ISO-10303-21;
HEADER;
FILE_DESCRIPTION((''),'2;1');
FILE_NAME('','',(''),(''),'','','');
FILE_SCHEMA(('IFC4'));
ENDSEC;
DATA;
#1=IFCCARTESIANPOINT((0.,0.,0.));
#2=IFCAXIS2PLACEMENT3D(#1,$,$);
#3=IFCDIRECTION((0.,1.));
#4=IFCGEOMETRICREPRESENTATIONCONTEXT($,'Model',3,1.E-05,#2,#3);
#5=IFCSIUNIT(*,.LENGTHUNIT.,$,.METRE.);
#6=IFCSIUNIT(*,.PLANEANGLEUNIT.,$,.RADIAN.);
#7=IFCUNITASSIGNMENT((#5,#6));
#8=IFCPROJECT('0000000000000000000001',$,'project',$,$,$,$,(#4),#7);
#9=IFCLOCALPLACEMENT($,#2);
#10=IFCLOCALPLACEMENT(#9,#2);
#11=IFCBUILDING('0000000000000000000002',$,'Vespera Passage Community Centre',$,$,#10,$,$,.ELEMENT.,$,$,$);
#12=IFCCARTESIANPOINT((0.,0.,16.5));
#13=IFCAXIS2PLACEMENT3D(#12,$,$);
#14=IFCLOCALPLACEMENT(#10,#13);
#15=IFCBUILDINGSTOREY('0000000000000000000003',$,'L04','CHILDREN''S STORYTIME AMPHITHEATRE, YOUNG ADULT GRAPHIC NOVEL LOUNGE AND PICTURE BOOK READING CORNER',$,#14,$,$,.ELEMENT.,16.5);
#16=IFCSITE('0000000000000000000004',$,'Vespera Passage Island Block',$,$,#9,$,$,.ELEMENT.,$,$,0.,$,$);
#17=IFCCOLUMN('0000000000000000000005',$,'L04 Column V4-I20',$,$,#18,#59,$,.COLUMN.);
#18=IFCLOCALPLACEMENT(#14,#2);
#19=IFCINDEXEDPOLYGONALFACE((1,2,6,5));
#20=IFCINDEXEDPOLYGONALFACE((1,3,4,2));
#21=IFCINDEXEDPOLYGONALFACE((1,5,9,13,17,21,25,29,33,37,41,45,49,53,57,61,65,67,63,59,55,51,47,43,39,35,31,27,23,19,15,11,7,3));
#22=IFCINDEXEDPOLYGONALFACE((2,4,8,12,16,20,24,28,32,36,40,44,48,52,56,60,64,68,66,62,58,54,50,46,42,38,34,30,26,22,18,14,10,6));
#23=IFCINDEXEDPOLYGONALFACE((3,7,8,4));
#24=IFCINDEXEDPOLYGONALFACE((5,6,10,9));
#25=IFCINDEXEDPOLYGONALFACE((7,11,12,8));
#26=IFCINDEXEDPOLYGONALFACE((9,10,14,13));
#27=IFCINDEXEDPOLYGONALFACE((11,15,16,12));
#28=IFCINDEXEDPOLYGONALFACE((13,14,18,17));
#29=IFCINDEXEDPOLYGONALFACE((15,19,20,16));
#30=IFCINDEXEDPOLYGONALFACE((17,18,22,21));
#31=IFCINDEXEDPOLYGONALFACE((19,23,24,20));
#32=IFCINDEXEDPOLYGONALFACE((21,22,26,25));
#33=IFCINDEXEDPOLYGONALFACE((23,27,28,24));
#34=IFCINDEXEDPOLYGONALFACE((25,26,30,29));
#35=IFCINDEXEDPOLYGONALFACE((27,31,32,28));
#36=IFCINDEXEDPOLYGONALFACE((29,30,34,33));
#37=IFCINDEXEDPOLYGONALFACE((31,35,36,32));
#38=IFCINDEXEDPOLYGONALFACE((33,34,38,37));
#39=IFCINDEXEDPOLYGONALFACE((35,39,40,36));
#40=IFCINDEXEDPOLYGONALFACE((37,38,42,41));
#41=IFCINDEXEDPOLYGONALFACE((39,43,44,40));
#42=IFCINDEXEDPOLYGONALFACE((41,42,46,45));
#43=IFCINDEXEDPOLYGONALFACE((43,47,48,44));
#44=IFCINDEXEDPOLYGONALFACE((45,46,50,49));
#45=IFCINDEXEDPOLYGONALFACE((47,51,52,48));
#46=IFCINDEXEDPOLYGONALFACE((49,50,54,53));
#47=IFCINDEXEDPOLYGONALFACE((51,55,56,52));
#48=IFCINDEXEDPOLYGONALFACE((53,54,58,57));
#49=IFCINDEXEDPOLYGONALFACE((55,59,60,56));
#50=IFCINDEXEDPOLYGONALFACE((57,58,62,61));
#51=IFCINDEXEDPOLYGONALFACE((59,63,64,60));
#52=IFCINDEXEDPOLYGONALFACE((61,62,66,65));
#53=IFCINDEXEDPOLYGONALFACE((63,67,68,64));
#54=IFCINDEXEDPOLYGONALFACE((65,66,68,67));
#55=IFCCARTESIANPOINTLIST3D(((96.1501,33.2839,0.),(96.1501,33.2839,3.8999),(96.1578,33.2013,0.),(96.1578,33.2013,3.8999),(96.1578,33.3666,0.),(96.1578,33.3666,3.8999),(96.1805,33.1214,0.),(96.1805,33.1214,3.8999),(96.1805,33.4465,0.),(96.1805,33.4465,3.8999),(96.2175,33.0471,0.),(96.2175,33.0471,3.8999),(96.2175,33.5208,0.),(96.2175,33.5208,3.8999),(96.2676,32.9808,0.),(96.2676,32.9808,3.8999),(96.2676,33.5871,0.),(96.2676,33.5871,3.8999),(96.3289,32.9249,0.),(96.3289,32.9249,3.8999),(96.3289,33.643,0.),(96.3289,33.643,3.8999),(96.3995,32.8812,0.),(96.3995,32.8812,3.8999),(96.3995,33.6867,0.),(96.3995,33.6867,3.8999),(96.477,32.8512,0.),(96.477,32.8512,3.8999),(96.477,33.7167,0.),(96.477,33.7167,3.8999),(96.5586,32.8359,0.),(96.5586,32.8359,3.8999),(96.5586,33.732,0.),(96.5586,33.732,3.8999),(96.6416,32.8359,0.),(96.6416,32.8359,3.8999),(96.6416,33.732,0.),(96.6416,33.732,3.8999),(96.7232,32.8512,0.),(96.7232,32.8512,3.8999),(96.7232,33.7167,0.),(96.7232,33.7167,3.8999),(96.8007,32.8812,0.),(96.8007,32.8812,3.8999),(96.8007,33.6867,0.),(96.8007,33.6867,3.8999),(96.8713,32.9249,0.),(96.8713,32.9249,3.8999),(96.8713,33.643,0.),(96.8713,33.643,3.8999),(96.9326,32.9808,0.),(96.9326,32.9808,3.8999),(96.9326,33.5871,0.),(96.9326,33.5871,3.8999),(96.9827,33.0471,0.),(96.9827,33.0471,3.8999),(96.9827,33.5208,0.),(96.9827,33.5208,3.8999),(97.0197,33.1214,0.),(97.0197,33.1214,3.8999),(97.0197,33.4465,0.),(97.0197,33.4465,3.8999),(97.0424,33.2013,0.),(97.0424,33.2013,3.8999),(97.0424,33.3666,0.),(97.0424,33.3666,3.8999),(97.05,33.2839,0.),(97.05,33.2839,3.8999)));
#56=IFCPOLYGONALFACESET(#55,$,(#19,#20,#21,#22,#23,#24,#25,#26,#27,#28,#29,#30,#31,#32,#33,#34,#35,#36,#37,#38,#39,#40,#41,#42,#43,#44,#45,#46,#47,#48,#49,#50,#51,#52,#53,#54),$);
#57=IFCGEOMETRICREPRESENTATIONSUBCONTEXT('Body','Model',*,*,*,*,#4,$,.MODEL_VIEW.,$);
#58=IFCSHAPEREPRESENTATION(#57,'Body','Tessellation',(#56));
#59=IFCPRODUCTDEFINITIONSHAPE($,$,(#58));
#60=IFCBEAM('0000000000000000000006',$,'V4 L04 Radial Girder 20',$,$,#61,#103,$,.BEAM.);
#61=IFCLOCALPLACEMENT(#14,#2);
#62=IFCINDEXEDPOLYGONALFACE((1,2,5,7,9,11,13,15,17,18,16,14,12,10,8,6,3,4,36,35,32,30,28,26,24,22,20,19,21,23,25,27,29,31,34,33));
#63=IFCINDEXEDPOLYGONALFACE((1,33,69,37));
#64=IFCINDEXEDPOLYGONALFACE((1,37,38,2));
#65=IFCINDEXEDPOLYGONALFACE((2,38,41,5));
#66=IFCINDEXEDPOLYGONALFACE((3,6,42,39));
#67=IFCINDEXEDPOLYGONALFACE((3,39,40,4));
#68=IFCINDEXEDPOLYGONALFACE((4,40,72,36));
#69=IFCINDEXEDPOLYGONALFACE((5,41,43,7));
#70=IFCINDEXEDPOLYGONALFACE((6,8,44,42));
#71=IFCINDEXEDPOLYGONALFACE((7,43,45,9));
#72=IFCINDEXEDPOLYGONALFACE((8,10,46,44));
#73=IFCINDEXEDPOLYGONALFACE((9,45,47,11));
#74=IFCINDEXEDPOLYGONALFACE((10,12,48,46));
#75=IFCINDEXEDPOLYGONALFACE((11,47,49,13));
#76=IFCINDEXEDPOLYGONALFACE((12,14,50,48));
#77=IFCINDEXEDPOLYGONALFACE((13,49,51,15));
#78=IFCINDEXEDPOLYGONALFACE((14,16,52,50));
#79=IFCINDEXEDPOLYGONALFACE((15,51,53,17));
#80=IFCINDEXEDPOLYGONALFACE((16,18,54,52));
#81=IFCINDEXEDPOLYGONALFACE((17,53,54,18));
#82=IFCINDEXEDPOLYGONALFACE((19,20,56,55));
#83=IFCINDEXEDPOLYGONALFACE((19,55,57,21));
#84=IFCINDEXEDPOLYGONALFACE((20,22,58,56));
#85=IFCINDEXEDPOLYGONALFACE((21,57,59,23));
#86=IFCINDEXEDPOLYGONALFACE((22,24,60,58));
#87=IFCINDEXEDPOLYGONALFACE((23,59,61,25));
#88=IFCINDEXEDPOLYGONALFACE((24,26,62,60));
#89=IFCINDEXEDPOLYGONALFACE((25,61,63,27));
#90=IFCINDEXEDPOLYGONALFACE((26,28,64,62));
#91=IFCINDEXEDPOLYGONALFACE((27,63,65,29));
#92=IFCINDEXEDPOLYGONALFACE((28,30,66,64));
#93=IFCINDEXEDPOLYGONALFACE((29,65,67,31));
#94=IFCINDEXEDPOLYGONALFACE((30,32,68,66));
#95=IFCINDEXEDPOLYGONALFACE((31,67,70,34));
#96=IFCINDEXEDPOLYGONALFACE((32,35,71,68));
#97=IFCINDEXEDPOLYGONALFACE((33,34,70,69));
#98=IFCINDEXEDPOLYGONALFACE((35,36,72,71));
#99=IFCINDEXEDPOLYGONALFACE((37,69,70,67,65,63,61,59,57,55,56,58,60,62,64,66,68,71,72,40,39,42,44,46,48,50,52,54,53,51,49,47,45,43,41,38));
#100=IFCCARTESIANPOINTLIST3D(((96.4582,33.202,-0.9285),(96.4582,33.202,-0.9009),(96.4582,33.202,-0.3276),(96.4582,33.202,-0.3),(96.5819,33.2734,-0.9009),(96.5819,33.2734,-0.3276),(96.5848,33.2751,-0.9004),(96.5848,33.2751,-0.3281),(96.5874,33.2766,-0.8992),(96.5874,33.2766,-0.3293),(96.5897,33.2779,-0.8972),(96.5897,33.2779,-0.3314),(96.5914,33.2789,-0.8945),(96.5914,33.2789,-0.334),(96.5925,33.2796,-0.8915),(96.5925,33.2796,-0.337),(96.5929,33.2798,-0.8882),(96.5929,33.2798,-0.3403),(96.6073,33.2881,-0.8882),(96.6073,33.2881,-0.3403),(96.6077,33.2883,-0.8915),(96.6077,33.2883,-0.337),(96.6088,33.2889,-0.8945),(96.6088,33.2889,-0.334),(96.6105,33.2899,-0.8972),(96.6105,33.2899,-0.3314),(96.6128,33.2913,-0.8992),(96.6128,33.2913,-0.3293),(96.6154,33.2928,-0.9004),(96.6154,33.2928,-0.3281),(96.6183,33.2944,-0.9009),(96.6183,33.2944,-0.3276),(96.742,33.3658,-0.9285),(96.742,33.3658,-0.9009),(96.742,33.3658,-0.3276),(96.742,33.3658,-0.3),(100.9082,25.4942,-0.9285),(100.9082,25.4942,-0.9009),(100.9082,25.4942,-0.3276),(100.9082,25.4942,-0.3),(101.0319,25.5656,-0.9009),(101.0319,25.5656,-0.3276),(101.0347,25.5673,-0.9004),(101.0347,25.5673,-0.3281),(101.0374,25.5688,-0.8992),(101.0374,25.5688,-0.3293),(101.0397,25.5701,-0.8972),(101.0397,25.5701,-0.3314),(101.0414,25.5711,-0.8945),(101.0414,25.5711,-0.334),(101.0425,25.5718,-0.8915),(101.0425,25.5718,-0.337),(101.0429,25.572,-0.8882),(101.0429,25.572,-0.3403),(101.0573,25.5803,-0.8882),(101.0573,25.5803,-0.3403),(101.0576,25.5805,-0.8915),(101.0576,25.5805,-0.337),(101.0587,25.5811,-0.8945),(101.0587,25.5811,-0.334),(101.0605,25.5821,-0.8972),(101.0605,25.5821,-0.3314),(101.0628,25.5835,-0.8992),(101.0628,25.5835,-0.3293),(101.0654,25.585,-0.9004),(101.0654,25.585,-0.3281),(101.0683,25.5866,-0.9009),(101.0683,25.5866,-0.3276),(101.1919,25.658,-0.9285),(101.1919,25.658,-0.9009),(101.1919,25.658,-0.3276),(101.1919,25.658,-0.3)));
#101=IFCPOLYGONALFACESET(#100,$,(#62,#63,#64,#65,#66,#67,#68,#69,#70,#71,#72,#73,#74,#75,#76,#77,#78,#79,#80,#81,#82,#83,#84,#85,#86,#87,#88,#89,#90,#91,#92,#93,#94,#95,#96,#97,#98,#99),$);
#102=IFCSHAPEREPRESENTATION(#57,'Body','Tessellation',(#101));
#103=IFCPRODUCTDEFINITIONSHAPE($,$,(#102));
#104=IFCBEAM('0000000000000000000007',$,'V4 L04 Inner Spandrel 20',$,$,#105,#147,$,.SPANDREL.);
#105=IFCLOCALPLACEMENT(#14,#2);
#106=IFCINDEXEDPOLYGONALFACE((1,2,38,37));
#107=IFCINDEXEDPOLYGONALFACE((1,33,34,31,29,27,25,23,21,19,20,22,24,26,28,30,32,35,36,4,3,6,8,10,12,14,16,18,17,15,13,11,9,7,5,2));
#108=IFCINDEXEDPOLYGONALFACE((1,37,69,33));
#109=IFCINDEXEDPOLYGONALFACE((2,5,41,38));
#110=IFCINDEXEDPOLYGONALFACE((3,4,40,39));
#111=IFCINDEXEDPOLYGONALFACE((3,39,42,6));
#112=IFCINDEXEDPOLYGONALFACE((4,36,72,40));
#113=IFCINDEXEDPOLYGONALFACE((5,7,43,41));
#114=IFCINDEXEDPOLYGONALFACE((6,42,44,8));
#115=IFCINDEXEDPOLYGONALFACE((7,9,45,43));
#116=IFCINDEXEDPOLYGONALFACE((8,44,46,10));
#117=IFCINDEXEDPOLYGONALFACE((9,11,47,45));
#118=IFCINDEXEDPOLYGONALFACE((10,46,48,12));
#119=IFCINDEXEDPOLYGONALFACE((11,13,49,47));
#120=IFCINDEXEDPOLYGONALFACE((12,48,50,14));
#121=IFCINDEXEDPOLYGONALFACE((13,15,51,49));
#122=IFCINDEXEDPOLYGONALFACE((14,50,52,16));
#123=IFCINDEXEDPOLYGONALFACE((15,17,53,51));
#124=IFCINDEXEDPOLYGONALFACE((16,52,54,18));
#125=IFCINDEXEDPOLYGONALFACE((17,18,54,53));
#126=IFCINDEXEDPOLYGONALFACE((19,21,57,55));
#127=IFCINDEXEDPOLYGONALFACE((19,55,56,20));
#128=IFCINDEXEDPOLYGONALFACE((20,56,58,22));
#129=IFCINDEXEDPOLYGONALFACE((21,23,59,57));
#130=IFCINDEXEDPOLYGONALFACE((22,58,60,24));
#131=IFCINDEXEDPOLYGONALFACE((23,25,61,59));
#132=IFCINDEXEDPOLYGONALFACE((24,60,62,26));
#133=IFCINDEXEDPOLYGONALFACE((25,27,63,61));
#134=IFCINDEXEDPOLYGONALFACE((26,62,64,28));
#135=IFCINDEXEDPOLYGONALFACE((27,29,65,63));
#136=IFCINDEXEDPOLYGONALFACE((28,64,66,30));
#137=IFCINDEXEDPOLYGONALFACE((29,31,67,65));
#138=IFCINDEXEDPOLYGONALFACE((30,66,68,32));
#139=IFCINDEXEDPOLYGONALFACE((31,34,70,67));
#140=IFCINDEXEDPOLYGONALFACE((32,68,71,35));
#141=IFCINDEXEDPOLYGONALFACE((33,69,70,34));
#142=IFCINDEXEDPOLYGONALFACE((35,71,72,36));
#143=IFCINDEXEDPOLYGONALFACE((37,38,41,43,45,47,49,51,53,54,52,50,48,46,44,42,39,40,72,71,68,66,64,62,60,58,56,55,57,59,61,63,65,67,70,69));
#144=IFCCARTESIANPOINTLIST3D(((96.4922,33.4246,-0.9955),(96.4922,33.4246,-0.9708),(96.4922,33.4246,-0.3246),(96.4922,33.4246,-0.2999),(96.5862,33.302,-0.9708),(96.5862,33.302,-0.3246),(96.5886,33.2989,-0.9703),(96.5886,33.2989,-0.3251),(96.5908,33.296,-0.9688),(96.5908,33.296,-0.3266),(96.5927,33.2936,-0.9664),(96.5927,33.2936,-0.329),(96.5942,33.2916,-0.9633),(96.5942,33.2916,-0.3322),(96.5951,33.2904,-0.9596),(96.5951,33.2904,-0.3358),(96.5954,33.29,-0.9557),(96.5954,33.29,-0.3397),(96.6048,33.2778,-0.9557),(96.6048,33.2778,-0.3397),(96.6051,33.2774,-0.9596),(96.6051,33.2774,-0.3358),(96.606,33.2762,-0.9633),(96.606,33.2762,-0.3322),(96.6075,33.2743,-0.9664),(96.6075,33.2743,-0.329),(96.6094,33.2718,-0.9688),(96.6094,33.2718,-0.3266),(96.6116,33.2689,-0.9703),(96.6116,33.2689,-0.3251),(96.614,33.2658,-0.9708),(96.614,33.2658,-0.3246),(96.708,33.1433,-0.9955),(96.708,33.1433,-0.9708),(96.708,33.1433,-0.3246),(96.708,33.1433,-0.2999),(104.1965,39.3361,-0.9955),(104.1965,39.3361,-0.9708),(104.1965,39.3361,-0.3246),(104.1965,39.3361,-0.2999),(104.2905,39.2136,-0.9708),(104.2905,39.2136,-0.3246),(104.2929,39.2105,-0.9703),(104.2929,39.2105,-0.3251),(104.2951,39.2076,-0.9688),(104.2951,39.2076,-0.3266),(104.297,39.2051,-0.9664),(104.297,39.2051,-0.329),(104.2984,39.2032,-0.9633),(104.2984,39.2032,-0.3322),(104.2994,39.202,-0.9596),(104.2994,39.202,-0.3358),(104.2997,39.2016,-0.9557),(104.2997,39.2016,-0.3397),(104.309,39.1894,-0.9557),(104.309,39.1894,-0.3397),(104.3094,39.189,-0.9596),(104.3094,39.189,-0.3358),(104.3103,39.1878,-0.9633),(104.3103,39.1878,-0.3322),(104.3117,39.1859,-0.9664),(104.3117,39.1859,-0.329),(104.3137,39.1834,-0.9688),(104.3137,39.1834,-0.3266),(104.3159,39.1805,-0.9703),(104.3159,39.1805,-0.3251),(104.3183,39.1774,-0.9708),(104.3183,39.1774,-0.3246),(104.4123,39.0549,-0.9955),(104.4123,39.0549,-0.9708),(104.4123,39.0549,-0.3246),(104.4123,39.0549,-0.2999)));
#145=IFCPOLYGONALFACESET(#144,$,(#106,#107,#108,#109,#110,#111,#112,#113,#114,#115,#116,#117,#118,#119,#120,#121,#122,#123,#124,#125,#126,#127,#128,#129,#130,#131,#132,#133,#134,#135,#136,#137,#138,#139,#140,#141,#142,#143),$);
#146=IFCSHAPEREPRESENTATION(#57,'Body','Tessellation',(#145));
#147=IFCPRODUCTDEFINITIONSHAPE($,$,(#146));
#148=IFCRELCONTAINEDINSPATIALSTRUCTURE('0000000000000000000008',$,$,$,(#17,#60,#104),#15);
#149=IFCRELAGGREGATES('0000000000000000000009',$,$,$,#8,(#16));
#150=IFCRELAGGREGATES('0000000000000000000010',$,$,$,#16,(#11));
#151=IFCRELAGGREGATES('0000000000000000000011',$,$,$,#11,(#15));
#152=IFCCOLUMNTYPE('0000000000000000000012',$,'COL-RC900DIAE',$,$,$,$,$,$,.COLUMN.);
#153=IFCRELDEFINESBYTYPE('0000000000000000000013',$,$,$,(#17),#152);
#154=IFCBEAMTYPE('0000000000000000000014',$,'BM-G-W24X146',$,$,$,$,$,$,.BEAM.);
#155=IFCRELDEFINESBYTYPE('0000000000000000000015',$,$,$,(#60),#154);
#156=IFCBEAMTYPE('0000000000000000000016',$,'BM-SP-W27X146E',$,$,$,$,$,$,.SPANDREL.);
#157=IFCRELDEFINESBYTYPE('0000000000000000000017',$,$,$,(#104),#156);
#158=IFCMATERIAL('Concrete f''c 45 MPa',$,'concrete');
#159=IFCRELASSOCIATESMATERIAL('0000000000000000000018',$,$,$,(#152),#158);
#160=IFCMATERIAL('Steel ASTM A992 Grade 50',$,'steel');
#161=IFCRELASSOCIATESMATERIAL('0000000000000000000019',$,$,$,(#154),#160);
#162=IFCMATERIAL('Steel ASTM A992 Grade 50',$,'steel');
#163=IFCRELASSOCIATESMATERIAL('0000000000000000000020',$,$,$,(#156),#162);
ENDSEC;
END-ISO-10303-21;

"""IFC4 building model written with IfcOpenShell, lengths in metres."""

from ifc_helpers import new_model, si_unit, direction, frame, origin, origin_2d, place, context, subcontext, project, spatial, circle, i_section, extrude, material, material_profile, profile_set, type_object, element, save


model = new_model("IFC4")

# Units and contexts
model_context = context("Model", 3, precision=1e-05, world=origin(), true_north=direction((0.0, 1.0)))
body_context = subcontext(model_context, "Body", "Model", "MODEL_VIEW")
ifc_project = project(units=[si_unit("LENGTHUNIT", "METRE"), si_unit("PLANEANGLEUNIT", "RADIAN")], contexts=[model_context])

# Site, building, storey
site_placement = place(None, origin())
site = spatial("IfcSite", under=ifc_project, at=site_placement, Name="Vespera Passage Island Block", CompositionType="ELEMENT", RefElevation=0.0)
building_placement = place(site_placement, origin())
building = spatial("IfcBuilding", under=site, at=building_placement, Name="Vespera Passage Community Centre", CompositionType="ELEMENT")
storey_placement = place(building_placement, frame((0.0, 0.0, 16.5)))
storey = spatial("IfcBuildingStorey", under=building, at=storey_placement, Name="L04", Description="CHILDREN'S STORYTIME AMPHITHEATRE, YOUNG ADULT GRAPHIC NOVEL LOUNGE AND PICTURE BOOK READING CORNER", CompositionType="ELEMENT", Elevation=16.5)

# Column
ifc_material_1 = material(Name="Concrete f'c 45 MPa", Category="concrete")
ifc_material_profile_1 = material_profile(ifc_material_1, circle(Radius=0.45, at=origin_2d()), Name="RC900DIA")
ifc_profile_set_1 = profile_set([ifc_material_profile_1], Name="Concrete f'c 45 MPa")
column_type = type_object("IfcColumnType", Name="COL-RC900DIAE", PredefinedType="COLUMN", material=ifc_profile_set_1)
column_placement = place(storey_placement, frame((96.6001, 33.2839, 0.0), z_axis=(0.0, 0.0, 1.0), x_axis=(1.0, 0.0, 0.0)))
element("IfcColumn", 1, at=column_placement, inside=storey, type_object=column_type, Name="L04 Column V4-I20", PredefinedType="COLUMN", context=body_context, shape_type="SweptSolid", body=[
    extrude(circle(Radius=0.45, at=origin_2d()), origin(), (0.0, 0.0, 1.0), 3.8999),
])

# Beams
ifc_material_2 = material(Name="Steel ASTM A992 Grade 50", Category="steel")
ifc_material_profile_2 = material_profile(ifc_material_2, i_section(OverallWidth=0.3276, OverallDepth=0.6284, WebThickness=0.0166, FlangeThickness=0.0276, FilletRadius=0.0127, at=origin_2d()), Name="W24X146")
ifc_profile_set_2 = profile_set([ifc_material_profile_2], Name="Steel ASTM A992 Grade 50")
beam_type_1 = type_object("IfcBeamType", Name="BM-G-W24X146", PredefinedType="BEAM", material=ifc_profile_set_2)
beam_1_placement = place(storey_placement, frame((96.6001, 33.2839, -0.6143), z_axis=(0.499989, -0.866032, 0.0), x_axis=(0.866032, 0.499989, 0.0)))
element("IfcBeam", 2, at=beam_1_placement, inside=storey, type_object=beam_type_1, Name="V4 L04 Radial Girder 20", PredefinedType="BEAM", context=body_context, shape_type="SweptSolid", body=[
    extrude(i_section(OverallWidth=0.3276, OverallDepth=0.6284, WebThickness=0.0166, FlangeThickness=0.0276, FilletRadius=0.0127, at=origin_2d()), origin(), (0.0, 0.0, 1.0), 8.9001),
])
ifc_material_3 = material(Name="Steel ASTM A992 Grade 50", Category="steel")
ifc_material_profile_3 = material_profile(ifc_material_3, i_section(OverallWidth=0.3545, OverallDepth=0.6956, WebThickness=0.0154, FlangeThickness=0.0247, FilletRadius=0.0151, at=origin_2d()), Name="W27X146")
ifc_profile_set_3 = profile_set([ifc_material_profile_3], Name="Steel ASTM A992 Grade 50")
beam_type_2 = type_object("IfcBeamType", Name="BM-SP-W27X146E", PredefinedType="SPANDREL", material=ifc_profile_set_3)
beam_2_placement = place(storey_placement, frame((96.6001, 33.2839, -0.6477), z_axis=(0.79336, 0.608753, 0.0), x_axis=(-0.608753, 0.79336, 0.0)))
element("IfcBeam", 3, at=beam_2_placement, inside=storey, type_object=beam_type_2, Name="V4 L04 Inner Spandrel 20", PredefinedType="SPANDREL", context=body_context, shape_type="SweptSolid", body=[
    extrude(i_section(OverallWidth=0.3545, OverallDepth=0.6956, WebThickness=0.0154, FlangeThickness=0.0247, FilletRadius=0.0151, at=origin_2d()), origin(), (0.0, 0.0, 1.0), 9.7109),
])

save(model, "model.ifc")
